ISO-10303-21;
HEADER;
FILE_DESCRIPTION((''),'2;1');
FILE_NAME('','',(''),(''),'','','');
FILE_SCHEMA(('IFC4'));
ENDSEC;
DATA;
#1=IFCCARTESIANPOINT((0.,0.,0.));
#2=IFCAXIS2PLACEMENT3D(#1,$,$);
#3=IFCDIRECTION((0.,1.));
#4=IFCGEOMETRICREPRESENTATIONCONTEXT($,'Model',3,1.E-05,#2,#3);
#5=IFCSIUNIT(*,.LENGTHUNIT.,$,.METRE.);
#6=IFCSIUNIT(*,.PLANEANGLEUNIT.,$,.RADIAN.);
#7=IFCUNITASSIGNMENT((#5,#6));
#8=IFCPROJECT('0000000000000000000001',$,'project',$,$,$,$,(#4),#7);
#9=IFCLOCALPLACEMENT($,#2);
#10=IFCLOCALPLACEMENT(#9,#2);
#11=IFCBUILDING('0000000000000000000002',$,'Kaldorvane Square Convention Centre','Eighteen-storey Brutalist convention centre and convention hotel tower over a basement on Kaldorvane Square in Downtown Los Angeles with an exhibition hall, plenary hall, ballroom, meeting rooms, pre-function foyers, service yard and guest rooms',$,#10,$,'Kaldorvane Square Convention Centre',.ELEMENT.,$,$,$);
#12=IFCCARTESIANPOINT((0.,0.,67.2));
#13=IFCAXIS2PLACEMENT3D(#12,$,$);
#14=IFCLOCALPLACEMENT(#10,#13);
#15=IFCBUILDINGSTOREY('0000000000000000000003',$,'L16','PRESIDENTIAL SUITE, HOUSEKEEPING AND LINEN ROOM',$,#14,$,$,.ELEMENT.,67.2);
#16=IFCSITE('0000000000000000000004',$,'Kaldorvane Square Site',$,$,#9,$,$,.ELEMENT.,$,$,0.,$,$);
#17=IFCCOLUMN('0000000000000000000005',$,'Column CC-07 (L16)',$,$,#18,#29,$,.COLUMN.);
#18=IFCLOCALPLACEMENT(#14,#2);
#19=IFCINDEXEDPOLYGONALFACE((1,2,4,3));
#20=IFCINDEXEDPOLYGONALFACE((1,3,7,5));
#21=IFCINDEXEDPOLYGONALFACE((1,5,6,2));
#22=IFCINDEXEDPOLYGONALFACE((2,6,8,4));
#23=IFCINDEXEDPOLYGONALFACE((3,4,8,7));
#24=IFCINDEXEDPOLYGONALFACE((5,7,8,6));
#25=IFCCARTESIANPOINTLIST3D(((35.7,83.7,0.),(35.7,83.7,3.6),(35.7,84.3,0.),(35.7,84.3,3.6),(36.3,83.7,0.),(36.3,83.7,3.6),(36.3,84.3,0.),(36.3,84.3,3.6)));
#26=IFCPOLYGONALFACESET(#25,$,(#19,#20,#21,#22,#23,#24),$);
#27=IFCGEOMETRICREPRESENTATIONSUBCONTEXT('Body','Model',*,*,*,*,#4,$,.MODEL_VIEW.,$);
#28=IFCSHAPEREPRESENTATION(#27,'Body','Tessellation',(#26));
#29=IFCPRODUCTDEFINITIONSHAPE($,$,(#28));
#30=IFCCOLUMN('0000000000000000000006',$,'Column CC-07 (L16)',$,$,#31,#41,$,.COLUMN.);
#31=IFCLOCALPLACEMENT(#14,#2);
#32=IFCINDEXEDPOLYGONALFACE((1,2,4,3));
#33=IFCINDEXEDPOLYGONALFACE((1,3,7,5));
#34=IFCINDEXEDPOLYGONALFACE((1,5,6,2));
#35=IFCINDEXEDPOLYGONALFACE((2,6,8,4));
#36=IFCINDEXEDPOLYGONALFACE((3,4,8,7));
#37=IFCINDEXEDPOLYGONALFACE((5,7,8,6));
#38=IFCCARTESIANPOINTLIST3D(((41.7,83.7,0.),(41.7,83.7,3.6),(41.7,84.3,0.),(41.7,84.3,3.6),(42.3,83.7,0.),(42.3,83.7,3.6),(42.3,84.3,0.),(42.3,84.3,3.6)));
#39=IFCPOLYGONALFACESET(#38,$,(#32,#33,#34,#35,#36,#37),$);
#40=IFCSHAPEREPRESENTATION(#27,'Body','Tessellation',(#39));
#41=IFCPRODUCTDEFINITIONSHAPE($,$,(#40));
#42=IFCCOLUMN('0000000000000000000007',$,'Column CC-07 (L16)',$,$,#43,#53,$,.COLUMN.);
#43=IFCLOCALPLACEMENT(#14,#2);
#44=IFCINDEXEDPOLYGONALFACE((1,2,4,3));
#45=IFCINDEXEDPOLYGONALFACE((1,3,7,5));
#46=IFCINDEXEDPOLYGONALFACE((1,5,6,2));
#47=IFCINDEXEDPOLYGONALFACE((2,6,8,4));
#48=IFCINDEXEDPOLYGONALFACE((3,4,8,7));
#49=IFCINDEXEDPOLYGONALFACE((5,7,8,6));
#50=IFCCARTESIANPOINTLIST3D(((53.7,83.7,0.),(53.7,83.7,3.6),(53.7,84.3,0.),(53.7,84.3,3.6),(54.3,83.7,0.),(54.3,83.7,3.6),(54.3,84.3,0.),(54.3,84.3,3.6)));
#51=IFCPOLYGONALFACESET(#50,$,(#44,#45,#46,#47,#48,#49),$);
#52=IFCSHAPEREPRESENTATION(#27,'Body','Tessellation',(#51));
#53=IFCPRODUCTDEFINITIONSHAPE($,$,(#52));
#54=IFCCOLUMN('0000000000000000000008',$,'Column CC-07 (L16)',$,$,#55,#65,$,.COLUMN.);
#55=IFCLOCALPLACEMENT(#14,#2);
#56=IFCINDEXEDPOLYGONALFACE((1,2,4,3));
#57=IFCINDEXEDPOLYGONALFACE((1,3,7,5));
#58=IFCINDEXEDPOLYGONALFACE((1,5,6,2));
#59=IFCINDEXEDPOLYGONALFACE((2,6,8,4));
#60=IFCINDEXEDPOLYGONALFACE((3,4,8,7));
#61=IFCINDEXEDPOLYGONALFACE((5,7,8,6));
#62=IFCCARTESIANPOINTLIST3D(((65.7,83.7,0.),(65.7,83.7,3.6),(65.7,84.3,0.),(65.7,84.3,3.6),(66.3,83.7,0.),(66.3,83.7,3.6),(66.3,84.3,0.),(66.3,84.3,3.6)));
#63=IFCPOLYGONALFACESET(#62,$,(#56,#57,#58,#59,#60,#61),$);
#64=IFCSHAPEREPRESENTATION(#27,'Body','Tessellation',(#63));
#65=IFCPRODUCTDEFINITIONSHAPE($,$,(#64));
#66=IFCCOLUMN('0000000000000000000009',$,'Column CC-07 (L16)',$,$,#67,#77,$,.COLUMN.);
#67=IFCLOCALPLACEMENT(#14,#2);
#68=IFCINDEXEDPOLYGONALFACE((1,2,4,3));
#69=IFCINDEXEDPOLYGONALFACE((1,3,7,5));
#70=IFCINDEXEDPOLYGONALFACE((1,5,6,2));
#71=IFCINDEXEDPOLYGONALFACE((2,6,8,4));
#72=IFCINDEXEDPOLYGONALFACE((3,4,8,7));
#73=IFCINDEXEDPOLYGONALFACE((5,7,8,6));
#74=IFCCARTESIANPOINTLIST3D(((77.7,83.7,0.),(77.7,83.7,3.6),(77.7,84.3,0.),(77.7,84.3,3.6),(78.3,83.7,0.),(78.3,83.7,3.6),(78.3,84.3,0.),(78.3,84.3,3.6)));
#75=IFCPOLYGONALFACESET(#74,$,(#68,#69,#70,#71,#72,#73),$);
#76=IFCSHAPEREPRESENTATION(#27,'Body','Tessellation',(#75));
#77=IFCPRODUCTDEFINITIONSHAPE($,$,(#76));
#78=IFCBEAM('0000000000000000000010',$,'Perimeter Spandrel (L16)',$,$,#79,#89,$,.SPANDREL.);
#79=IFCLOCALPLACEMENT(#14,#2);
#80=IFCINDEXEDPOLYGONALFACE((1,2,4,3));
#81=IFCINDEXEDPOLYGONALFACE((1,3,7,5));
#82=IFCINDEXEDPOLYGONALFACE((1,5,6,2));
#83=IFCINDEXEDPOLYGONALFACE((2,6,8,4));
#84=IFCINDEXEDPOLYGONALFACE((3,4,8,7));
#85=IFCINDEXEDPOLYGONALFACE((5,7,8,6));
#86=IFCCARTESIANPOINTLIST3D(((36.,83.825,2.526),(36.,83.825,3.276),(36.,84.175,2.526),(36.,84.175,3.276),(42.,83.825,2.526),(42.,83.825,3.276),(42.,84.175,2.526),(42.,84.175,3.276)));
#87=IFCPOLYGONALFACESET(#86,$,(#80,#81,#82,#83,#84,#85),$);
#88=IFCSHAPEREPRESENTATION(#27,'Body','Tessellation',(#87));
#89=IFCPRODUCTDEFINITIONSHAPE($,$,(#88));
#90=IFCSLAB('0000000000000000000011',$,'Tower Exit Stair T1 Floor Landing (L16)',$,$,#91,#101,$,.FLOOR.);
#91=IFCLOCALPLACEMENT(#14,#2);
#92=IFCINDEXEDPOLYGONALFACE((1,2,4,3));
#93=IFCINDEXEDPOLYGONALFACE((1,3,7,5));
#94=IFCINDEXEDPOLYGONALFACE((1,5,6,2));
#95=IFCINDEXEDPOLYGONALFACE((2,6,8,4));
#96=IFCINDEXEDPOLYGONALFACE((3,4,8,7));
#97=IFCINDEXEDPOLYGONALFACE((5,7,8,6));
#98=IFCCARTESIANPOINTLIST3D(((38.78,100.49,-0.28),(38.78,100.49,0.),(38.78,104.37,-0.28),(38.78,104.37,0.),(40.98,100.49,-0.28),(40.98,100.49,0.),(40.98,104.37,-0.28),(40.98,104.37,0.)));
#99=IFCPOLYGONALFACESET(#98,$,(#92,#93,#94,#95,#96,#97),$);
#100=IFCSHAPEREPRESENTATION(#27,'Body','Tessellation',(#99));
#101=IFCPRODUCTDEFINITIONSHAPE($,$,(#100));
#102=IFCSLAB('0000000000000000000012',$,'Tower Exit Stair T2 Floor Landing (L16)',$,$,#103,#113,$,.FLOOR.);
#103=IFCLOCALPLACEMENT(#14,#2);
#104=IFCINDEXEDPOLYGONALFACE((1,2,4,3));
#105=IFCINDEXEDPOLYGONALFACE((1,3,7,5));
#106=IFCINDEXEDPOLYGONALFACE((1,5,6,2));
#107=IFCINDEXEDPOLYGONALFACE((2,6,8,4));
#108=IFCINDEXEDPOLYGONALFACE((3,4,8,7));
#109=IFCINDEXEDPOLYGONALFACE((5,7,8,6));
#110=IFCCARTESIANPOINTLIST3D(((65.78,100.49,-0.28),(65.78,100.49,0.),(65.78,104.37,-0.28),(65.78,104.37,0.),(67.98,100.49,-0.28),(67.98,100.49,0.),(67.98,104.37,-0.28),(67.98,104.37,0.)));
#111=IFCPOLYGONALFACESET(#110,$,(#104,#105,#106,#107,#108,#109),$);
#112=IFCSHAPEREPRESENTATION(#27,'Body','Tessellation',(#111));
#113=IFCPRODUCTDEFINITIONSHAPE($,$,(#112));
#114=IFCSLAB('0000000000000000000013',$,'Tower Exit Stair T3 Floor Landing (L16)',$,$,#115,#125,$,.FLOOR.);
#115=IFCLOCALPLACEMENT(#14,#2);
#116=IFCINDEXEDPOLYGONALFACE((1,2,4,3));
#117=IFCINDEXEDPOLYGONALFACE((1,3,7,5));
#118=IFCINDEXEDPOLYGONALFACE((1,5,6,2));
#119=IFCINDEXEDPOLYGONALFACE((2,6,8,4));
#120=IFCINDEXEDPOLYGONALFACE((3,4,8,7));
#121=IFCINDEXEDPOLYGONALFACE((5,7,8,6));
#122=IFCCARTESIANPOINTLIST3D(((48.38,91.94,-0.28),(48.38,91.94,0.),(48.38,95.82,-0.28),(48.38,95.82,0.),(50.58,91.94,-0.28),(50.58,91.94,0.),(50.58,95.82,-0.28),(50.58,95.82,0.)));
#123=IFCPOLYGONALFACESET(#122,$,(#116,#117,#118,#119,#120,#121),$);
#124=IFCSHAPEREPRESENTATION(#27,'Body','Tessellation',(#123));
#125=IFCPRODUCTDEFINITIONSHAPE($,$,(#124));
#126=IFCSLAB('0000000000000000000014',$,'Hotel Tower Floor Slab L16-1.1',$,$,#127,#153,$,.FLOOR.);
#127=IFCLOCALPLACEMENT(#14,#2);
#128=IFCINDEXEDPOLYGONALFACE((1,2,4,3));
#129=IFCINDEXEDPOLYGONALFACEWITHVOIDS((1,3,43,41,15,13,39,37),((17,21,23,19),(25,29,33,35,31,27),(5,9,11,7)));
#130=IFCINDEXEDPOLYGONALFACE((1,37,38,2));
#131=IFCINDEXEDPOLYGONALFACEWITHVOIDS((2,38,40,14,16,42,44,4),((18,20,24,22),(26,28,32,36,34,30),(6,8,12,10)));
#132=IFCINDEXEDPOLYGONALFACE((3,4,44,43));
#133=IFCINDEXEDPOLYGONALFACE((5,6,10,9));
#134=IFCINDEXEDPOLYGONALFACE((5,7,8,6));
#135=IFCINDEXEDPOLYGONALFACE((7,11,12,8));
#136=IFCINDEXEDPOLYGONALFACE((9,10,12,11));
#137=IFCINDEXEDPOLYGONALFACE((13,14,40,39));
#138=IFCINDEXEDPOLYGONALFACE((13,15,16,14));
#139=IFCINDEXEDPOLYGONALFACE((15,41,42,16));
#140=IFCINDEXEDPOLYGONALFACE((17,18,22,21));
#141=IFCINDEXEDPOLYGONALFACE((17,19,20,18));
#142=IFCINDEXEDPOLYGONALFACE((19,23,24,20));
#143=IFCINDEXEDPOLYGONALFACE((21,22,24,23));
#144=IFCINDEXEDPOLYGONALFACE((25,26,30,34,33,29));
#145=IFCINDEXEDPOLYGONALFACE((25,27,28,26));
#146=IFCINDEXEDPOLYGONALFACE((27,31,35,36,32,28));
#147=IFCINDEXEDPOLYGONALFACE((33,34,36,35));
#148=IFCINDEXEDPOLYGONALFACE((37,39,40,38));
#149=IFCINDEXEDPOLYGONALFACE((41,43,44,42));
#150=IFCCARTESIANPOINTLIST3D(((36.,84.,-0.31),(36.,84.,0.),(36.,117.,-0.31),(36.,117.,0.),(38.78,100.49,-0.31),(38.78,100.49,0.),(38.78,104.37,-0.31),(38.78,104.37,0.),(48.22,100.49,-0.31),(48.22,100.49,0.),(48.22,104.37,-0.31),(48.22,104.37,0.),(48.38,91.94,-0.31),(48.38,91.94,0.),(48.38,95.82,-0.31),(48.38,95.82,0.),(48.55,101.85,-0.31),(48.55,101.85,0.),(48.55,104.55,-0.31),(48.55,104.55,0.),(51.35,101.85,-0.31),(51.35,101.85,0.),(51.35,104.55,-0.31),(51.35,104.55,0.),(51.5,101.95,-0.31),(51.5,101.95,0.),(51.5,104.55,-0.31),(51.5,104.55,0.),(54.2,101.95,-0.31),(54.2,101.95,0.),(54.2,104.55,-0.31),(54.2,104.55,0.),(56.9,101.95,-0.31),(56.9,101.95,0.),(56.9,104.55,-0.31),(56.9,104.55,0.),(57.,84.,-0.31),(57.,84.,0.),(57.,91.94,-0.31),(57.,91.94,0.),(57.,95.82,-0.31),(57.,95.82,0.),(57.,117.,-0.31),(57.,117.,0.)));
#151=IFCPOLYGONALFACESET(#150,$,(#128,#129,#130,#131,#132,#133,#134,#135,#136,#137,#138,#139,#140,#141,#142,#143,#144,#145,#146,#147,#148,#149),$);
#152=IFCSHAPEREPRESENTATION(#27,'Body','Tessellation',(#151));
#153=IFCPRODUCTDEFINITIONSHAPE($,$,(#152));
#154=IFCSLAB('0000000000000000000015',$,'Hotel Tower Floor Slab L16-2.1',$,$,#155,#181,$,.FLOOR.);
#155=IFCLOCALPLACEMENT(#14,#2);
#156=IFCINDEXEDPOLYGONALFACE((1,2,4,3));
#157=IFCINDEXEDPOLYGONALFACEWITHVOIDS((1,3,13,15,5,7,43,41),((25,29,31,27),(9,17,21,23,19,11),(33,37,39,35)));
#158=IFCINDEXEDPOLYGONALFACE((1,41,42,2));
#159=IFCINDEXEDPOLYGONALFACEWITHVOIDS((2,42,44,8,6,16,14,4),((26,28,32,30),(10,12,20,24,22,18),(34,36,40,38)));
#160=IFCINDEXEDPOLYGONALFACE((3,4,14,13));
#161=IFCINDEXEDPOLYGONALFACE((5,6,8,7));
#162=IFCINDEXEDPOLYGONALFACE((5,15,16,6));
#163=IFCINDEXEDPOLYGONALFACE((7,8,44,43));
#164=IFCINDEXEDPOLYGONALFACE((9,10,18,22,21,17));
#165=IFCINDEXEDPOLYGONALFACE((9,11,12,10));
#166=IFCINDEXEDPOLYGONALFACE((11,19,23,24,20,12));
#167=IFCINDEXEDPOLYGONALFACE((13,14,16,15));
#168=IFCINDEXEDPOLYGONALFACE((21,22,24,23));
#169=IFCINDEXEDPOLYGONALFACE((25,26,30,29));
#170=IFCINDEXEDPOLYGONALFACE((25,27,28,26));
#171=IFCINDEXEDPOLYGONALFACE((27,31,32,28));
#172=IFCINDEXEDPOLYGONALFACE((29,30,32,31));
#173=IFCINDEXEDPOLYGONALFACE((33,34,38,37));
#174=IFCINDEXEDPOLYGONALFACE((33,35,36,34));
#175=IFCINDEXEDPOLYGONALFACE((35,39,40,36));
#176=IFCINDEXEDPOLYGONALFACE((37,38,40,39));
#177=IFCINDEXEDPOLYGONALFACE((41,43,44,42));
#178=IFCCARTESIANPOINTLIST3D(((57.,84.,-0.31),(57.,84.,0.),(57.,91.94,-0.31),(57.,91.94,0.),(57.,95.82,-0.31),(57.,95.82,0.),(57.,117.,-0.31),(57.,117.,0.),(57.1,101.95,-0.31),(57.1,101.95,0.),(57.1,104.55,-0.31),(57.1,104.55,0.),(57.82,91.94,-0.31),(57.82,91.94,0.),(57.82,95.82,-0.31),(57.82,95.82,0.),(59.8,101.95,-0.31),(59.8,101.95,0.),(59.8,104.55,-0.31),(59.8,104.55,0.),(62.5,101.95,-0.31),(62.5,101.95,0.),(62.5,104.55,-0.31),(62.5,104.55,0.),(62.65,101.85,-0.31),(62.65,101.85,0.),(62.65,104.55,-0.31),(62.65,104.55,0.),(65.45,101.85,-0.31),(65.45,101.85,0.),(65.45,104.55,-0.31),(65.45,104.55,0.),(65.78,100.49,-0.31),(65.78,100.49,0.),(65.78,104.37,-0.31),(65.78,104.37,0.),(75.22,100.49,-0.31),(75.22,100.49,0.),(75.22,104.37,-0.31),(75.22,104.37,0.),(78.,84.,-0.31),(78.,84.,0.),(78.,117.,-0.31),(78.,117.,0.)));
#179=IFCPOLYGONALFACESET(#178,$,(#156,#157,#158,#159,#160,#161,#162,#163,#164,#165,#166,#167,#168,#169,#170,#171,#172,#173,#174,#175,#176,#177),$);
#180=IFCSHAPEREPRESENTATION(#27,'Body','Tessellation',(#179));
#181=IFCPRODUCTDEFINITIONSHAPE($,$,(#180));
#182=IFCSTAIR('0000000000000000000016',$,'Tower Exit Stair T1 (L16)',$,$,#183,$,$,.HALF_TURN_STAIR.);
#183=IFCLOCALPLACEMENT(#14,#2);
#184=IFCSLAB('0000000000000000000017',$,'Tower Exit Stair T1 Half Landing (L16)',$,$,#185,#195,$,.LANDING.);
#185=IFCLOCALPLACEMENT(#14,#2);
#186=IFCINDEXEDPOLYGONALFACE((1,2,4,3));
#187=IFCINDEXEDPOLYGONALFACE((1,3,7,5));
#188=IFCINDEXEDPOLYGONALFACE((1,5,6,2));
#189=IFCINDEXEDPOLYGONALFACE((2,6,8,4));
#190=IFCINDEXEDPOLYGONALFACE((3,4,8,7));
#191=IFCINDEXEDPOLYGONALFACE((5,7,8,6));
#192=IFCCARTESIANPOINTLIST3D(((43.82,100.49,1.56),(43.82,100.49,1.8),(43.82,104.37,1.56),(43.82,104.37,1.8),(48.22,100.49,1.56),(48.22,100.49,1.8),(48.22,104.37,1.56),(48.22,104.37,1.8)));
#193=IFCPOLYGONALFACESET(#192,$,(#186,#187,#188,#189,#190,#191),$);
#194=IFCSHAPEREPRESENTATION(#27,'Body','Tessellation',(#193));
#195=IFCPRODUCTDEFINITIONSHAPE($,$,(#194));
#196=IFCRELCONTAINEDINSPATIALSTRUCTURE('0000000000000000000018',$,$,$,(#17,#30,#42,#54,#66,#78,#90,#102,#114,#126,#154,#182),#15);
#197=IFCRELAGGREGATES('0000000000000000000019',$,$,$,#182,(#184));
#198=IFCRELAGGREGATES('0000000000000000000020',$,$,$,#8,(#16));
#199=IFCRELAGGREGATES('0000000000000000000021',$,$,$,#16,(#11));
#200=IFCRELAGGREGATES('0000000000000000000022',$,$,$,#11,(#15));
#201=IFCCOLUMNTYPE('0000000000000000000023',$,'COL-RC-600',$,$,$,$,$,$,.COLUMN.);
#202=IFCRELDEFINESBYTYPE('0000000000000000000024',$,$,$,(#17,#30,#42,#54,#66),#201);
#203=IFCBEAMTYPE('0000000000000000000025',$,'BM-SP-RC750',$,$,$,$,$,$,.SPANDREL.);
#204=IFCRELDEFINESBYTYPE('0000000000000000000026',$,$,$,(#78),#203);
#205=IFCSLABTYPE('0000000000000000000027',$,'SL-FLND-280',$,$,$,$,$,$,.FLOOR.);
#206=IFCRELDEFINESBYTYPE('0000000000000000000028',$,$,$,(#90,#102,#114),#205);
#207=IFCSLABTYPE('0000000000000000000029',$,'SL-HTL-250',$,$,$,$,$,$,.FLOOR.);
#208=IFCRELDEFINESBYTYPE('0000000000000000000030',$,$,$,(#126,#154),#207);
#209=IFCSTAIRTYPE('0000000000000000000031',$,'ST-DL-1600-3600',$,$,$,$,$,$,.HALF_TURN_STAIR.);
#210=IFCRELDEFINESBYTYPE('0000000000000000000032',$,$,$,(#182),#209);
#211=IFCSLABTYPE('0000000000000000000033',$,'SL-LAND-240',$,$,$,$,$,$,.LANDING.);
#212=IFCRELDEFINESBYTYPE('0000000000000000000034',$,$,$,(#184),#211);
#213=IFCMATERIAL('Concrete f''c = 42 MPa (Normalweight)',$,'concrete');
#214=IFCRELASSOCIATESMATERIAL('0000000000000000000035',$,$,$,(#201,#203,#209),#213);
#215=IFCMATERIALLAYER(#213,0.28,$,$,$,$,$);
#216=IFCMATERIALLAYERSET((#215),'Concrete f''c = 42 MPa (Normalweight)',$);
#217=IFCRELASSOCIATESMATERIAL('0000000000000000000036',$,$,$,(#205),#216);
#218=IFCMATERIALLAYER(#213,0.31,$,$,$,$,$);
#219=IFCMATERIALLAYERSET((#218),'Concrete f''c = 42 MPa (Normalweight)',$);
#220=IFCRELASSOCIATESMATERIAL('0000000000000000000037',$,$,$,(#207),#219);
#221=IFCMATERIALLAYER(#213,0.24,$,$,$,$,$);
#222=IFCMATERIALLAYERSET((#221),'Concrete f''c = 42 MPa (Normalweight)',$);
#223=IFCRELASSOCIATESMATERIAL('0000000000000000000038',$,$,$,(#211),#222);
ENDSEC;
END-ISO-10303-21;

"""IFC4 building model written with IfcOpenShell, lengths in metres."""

from ifc_helpers import new_model, si_unit, direction, frame, origin, origin_2d, place, context, subcontext, project, spatial, polyline, rectangle, outline, extrude, material, layer, layer_set, material_profile, profile_set, type_object, element, aggregate, save


model = new_model("IFC4")

# Units and contexts
model_context = context("Model", 3, precision=1e-05, world=origin(), true_north=direction((0.0, 1.0)))
body_context = subcontext(model_context, "Body", "Model", "MODEL_VIEW")
ifc_project = project(units=[si_unit("LENGTHUNIT", "METRE"), si_unit("PLANEANGLEUNIT", "RADIAN")], contexts=[model_context])

# Site, building, storey
site_placement = place(None, origin())
site = spatial("IfcSite", under=ifc_project, at=site_placement, Name="Kaldorvane Square Site", CompositionType="ELEMENT", RefElevation=0.0)
building_placement = place(site_placement, origin())
building = spatial("IfcBuilding", under=site, at=building_placement, Name="Kaldorvane Square Convention Centre", Description="Eighteen-storey Brutalist convention centre and convention hotel tower over a basement on Kaldorvane Square in Downtown Los Angeles with an exhibition hall, plenary hall, ballroom, meeting rooms, pre-function foyers, service yard and guest rooms", LongName="Kaldorvane Square Convention Centre", CompositionType="ELEMENT")
storey_placement = place(building_placement, frame((0.0, 0.0, 67.2)))
storey = spatial("IfcBuildingStorey", under=building, at=storey_placement, Name="L16", Description="PRESIDENTIAL SUITE, HOUSEKEEPING AND LINEN ROOM", CompositionType="ELEMENT", Elevation=67.2)

# Columns
ifc_material = material(Name="Concrete f'c = 42 MPa (Normalweight)", Category="concrete")
ifc_material_profile_1 = material_profile(ifc_material, rectangle(XDim=0.6, YDim=0.6, at=origin_2d()), Name="RC600X600")
ifc_profile_set_1 = profile_set([ifc_material_profile_1], Name="Concrete f'c = 42 MPa (Normalweight)")
column_type = type_object("IfcColumnType", Name="COL-RC-600", PredefinedType="COLUMN", material=ifc_profile_set_1)
for number, where, z_axis, x_axis, name in (
    (1, (36.0, 84.0, 0.0), (0.0, 0.0, 1.0), (1.0, 0.0, 0.0), "Column CC-07 (L16)"),
    (2, (42.0, 84.0, 0.0), (0.0, 0.0, 1.0), (1.0, 0.0, 0.0), "Column CC-07 (L16)"),
    (3, (54.0, 84.0, 0.0), (0.0, 0.0, 1.0), (1.0, 0.0, 0.0), "Column CC-07 (L16)"),
    (4, (66.0, 84.0, 0.0), (0.0, 0.0, 1.0), (1.0, 0.0, 0.0), "Column CC-07 (L16)"),
    (5, (78.0, 84.0, 0.0), (0.0, 0.0, 1.0), (1.0, 0.0, 0.0), "Column CC-07 (L16)"),
):
    element("IfcColumn", number, at=place(storey_placement, frame(where, z_axis=z_axis, x_axis=x_axis)), inside=storey, type_object=column_type, Name=name, PredefinedType="COLUMN", context=body_context, shape_type="SweptSolid", body=[
        extrude(rectangle(XDim=0.6, YDim=0.6, at=origin_2d()), origin(), (0.0, 0.0, 1.0), 3.6),
    ])

# Beam
ifc_material_profile_2 = material_profile(ifc_material, rectangle(XDim=0.35, YDim=0.75, at=origin_2d()), Name="RCSP750X350")
ifc_profile_set_2 = profile_set([ifc_material_profile_2], Name="Concrete f'c = 42 MPa (Normalweight)")
beam_type = type_object("IfcBeamType", Name="BM-SP-RC750", PredefinedType="SPANDREL", material=ifc_profile_set_2)
beam_placement = place(storey_placement, frame((36.0, 84.0, 2.901), z_axis=(1.0, 0.0, 0.0), x_axis=(0.0, 1.0, 0.0)))
element("IfcBeam", 6, at=beam_placement, inside=storey, type_object=beam_type, Name="Perimeter Spandrel (L16)", PredefinedType="SPANDREL", context=body_context, shape_type="SweptSolid", body=[
    extrude(rectangle(XDim=0.35, YDim=0.75, at=origin_2d()), origin(), (0.0, 0.0, 1.0), 6.0),
])

# Slabs
ifc_layer_1 = layer(ifc_material, 0.28)
ifc_layer_set_1 = layer_set([ifc_layer_1], Name="Concrete f'c = 42 MPa (Normalweight)")
slab_type_1 = type_object("IfcSlabType", Name="SL-FLND-280", PredefinedType="FLOOR", material=ifc_layer_set_1)
slab_1_placement = place(storey_placement, frame((0.0, 0.0, -0.28)))
element("IfcSlab", 7, at=slab_1_placement, inside=storey, type_object=slab_type_1, Name="Tower Exit Stair T1 Floor Landing (L16)", PredefinedType="FLOOR", context=body_context, shape_type="SweptSolid", body=[
    extrude(outline(polyline([(38.78, 100.49), (40.98, 100.49), (40.98, 104.37), (38.78, 104.37), (38.78, 100.49)])), origin(), (0.0, 0.0, 1.0), 0.28),
])
slab_2_placement = place(storey_placement, frame((0.0, 0.0, -0.28)))
element("IfcSlab", 8, at=slab_2_placement, inside=storey, type_object=slab_type_1, Name="Tower Exit Stair T2 Floor Landing (L16)", PredefinedType="FLOOR", context=body_context, shape_type="SweptSolid", body=[
    extrude(outline(polyline([(65.78, 100.49), (67.98, 100.49), (67.98, 104.37), (65.78, 104.37), (65.78, 100.49)])), origin(), (0.0, 0.0, 1.0), 0.28),
])
slab_3_placement = place(storey_placement, frame((0.0, 0.0, -0.28)))
element("IfcSlab", 9, at=slab_3_placement, inside=storey, type_object=slab_type_1, Name="Tower Exit Stair T3 Floor Landing (L16)", PredefinedType="FLOOR", context=body_context, shape_type="SweptSolid", body=[
    extrude(outline(polyline([(48.38, 91.94), (50.58, 91.94), (50.58, 95.82), (48.38, 95.82), (48.38, 91.94)])), origin(), (0.0, 0.0, 1.0), 0.28),
])
ifc_layer_2 = layer(ifc_material, 0.31)
ifc_layer_set_2 = layer_set([ifc_layer_2], Name="Concrete f'c = 42 MPa (Normalweight)")
slab_type_2 = type_object("IfcSlabType", Name="SL-HTL-250", PredefinedType="FLOOR", material=ifc_layer_set_2)
slab_4_placement = place(storey_placement, frame((0.0, 0.0, -0.31)))
element("IfcSlab", 10, at=slab_4_placement, inside=storey, type_object=slab_type_2, Name="Hotel Tower Floor Slab L16-1.1", PredefinedType="FLOOR", context=body_context, shape_type="SweptSolid", body=[
    extrude(outline(polyline([(36.0, 117.0), (57.0, 117.0), (57.0, 95.82), (48.38, 95.82), (48.38, 91.94), (57.0, 91.94), (57.0, 84.0), (36.0, 84.0), (36.0, 117.0)]), holes=[polyline([(38.78, 104.37), (38.78, 100.49), (48.22, 100.49), (48.22, 104.37), (38.78, 104.37)]), polyline([(48.55, 104.55), (48.55, 101.85), (51.35, 101.85), (51.35, 104.55), (48.55, 104.55)]), polyline([(51.5, 104.55), (51.5, 101.95), (54.2, 101.95), (56.9, 101.95), (56.9, 104.55), (54.2, 104.55), (51.5, 104.55)])]), origin(), (0.0, 0.0, 1.0), 0.31),
])
slab_5_placement = place(storey_placement, frame((0.0, 0.0, -0.31)))
element("IfcSlab", 11, at=slab_5_placement, inside=storey, type_object=slab_type_2, Name="Hotel Tower Floor Slab L16-2.1", PredefinedType="FLOOR", context=body_context, shape_type="SweptSolid", body=[
    extrude(outline(polyline([(78.0, 117.0), (78.0, 84.0), (57.0, 84.0), (57.0, 91.94), (57.82, 91.94), (57.82, 95.82), (57.0, 95.82), (57.0, 117.0), (78.0, 117.0)]), holes=[polyline([(65.78, 104.37), (65.78, 100.49), (75.22, 100.49), (75.22, 104.37), (65.78, 104.37)]), polyline([(62.65, 104.55), (62.65, 101.85), (65.45, 101.85), (65.45, 104.55), (62.65, 104.55)]), polyline([(57.1, 104.55), (57.1, 101.95), (59.8, 101.95), (62.5, 101.95), (62.5, 104.55), (59.8, 104.55), (57.1, 104.55)])]), origin(), (0.0, 0.0, 1.0), 0.31),
])

# Stair, slab
stair_type = type_object("IfcStairType", Name="ST-DL-1600-3600", PredefinedType="HALF_TURN_STAIR", material=ifc_material)
stair_1_placement = place(storey_placement, origin())
stair_1 = element("IfcStair", 12, at=stair_1_placement, inside=storey, type_object=stair_type, Name="Tower Exit Stair T1 (L16)", PredefinedType="HALF_TURN_STAIR")
ifc_layer_3 = layer(ifc_material, 0.24)
ifc_layer_set_3 = layer_set([ifc_layer_3], Name="Concrete f'c = 42 MPa (Normalweight)")
slab_type_3 = type_object("IfcSlabType", Name="SL-LAND-240", PredefinedType="LANDING", material=ifc_layer_set_3)
slab_6_placement = place(storey_placement, frame((0.0, 0.0, 1.56)))
slab_6 = element("IfcSlab", 13, at=slab_6_placement, type_object=slab_type_3, Name="Tower Exit Stair T1 Half Landing (L16)", PredefinedType="LANDING", context=body_context, shape_type="SweptSolid", body=[
    extrude(outline(polyline([(43.82, 100.49), (48.22, 100.49), (48.22, 104.37), (43.82, 104.37), (43.82, 100.49)])), origin(), (0.0, 0.0, 1.0), 0.24),
])
aggregate(stair_1, [slab_6])

save(model, "model.ifc")
